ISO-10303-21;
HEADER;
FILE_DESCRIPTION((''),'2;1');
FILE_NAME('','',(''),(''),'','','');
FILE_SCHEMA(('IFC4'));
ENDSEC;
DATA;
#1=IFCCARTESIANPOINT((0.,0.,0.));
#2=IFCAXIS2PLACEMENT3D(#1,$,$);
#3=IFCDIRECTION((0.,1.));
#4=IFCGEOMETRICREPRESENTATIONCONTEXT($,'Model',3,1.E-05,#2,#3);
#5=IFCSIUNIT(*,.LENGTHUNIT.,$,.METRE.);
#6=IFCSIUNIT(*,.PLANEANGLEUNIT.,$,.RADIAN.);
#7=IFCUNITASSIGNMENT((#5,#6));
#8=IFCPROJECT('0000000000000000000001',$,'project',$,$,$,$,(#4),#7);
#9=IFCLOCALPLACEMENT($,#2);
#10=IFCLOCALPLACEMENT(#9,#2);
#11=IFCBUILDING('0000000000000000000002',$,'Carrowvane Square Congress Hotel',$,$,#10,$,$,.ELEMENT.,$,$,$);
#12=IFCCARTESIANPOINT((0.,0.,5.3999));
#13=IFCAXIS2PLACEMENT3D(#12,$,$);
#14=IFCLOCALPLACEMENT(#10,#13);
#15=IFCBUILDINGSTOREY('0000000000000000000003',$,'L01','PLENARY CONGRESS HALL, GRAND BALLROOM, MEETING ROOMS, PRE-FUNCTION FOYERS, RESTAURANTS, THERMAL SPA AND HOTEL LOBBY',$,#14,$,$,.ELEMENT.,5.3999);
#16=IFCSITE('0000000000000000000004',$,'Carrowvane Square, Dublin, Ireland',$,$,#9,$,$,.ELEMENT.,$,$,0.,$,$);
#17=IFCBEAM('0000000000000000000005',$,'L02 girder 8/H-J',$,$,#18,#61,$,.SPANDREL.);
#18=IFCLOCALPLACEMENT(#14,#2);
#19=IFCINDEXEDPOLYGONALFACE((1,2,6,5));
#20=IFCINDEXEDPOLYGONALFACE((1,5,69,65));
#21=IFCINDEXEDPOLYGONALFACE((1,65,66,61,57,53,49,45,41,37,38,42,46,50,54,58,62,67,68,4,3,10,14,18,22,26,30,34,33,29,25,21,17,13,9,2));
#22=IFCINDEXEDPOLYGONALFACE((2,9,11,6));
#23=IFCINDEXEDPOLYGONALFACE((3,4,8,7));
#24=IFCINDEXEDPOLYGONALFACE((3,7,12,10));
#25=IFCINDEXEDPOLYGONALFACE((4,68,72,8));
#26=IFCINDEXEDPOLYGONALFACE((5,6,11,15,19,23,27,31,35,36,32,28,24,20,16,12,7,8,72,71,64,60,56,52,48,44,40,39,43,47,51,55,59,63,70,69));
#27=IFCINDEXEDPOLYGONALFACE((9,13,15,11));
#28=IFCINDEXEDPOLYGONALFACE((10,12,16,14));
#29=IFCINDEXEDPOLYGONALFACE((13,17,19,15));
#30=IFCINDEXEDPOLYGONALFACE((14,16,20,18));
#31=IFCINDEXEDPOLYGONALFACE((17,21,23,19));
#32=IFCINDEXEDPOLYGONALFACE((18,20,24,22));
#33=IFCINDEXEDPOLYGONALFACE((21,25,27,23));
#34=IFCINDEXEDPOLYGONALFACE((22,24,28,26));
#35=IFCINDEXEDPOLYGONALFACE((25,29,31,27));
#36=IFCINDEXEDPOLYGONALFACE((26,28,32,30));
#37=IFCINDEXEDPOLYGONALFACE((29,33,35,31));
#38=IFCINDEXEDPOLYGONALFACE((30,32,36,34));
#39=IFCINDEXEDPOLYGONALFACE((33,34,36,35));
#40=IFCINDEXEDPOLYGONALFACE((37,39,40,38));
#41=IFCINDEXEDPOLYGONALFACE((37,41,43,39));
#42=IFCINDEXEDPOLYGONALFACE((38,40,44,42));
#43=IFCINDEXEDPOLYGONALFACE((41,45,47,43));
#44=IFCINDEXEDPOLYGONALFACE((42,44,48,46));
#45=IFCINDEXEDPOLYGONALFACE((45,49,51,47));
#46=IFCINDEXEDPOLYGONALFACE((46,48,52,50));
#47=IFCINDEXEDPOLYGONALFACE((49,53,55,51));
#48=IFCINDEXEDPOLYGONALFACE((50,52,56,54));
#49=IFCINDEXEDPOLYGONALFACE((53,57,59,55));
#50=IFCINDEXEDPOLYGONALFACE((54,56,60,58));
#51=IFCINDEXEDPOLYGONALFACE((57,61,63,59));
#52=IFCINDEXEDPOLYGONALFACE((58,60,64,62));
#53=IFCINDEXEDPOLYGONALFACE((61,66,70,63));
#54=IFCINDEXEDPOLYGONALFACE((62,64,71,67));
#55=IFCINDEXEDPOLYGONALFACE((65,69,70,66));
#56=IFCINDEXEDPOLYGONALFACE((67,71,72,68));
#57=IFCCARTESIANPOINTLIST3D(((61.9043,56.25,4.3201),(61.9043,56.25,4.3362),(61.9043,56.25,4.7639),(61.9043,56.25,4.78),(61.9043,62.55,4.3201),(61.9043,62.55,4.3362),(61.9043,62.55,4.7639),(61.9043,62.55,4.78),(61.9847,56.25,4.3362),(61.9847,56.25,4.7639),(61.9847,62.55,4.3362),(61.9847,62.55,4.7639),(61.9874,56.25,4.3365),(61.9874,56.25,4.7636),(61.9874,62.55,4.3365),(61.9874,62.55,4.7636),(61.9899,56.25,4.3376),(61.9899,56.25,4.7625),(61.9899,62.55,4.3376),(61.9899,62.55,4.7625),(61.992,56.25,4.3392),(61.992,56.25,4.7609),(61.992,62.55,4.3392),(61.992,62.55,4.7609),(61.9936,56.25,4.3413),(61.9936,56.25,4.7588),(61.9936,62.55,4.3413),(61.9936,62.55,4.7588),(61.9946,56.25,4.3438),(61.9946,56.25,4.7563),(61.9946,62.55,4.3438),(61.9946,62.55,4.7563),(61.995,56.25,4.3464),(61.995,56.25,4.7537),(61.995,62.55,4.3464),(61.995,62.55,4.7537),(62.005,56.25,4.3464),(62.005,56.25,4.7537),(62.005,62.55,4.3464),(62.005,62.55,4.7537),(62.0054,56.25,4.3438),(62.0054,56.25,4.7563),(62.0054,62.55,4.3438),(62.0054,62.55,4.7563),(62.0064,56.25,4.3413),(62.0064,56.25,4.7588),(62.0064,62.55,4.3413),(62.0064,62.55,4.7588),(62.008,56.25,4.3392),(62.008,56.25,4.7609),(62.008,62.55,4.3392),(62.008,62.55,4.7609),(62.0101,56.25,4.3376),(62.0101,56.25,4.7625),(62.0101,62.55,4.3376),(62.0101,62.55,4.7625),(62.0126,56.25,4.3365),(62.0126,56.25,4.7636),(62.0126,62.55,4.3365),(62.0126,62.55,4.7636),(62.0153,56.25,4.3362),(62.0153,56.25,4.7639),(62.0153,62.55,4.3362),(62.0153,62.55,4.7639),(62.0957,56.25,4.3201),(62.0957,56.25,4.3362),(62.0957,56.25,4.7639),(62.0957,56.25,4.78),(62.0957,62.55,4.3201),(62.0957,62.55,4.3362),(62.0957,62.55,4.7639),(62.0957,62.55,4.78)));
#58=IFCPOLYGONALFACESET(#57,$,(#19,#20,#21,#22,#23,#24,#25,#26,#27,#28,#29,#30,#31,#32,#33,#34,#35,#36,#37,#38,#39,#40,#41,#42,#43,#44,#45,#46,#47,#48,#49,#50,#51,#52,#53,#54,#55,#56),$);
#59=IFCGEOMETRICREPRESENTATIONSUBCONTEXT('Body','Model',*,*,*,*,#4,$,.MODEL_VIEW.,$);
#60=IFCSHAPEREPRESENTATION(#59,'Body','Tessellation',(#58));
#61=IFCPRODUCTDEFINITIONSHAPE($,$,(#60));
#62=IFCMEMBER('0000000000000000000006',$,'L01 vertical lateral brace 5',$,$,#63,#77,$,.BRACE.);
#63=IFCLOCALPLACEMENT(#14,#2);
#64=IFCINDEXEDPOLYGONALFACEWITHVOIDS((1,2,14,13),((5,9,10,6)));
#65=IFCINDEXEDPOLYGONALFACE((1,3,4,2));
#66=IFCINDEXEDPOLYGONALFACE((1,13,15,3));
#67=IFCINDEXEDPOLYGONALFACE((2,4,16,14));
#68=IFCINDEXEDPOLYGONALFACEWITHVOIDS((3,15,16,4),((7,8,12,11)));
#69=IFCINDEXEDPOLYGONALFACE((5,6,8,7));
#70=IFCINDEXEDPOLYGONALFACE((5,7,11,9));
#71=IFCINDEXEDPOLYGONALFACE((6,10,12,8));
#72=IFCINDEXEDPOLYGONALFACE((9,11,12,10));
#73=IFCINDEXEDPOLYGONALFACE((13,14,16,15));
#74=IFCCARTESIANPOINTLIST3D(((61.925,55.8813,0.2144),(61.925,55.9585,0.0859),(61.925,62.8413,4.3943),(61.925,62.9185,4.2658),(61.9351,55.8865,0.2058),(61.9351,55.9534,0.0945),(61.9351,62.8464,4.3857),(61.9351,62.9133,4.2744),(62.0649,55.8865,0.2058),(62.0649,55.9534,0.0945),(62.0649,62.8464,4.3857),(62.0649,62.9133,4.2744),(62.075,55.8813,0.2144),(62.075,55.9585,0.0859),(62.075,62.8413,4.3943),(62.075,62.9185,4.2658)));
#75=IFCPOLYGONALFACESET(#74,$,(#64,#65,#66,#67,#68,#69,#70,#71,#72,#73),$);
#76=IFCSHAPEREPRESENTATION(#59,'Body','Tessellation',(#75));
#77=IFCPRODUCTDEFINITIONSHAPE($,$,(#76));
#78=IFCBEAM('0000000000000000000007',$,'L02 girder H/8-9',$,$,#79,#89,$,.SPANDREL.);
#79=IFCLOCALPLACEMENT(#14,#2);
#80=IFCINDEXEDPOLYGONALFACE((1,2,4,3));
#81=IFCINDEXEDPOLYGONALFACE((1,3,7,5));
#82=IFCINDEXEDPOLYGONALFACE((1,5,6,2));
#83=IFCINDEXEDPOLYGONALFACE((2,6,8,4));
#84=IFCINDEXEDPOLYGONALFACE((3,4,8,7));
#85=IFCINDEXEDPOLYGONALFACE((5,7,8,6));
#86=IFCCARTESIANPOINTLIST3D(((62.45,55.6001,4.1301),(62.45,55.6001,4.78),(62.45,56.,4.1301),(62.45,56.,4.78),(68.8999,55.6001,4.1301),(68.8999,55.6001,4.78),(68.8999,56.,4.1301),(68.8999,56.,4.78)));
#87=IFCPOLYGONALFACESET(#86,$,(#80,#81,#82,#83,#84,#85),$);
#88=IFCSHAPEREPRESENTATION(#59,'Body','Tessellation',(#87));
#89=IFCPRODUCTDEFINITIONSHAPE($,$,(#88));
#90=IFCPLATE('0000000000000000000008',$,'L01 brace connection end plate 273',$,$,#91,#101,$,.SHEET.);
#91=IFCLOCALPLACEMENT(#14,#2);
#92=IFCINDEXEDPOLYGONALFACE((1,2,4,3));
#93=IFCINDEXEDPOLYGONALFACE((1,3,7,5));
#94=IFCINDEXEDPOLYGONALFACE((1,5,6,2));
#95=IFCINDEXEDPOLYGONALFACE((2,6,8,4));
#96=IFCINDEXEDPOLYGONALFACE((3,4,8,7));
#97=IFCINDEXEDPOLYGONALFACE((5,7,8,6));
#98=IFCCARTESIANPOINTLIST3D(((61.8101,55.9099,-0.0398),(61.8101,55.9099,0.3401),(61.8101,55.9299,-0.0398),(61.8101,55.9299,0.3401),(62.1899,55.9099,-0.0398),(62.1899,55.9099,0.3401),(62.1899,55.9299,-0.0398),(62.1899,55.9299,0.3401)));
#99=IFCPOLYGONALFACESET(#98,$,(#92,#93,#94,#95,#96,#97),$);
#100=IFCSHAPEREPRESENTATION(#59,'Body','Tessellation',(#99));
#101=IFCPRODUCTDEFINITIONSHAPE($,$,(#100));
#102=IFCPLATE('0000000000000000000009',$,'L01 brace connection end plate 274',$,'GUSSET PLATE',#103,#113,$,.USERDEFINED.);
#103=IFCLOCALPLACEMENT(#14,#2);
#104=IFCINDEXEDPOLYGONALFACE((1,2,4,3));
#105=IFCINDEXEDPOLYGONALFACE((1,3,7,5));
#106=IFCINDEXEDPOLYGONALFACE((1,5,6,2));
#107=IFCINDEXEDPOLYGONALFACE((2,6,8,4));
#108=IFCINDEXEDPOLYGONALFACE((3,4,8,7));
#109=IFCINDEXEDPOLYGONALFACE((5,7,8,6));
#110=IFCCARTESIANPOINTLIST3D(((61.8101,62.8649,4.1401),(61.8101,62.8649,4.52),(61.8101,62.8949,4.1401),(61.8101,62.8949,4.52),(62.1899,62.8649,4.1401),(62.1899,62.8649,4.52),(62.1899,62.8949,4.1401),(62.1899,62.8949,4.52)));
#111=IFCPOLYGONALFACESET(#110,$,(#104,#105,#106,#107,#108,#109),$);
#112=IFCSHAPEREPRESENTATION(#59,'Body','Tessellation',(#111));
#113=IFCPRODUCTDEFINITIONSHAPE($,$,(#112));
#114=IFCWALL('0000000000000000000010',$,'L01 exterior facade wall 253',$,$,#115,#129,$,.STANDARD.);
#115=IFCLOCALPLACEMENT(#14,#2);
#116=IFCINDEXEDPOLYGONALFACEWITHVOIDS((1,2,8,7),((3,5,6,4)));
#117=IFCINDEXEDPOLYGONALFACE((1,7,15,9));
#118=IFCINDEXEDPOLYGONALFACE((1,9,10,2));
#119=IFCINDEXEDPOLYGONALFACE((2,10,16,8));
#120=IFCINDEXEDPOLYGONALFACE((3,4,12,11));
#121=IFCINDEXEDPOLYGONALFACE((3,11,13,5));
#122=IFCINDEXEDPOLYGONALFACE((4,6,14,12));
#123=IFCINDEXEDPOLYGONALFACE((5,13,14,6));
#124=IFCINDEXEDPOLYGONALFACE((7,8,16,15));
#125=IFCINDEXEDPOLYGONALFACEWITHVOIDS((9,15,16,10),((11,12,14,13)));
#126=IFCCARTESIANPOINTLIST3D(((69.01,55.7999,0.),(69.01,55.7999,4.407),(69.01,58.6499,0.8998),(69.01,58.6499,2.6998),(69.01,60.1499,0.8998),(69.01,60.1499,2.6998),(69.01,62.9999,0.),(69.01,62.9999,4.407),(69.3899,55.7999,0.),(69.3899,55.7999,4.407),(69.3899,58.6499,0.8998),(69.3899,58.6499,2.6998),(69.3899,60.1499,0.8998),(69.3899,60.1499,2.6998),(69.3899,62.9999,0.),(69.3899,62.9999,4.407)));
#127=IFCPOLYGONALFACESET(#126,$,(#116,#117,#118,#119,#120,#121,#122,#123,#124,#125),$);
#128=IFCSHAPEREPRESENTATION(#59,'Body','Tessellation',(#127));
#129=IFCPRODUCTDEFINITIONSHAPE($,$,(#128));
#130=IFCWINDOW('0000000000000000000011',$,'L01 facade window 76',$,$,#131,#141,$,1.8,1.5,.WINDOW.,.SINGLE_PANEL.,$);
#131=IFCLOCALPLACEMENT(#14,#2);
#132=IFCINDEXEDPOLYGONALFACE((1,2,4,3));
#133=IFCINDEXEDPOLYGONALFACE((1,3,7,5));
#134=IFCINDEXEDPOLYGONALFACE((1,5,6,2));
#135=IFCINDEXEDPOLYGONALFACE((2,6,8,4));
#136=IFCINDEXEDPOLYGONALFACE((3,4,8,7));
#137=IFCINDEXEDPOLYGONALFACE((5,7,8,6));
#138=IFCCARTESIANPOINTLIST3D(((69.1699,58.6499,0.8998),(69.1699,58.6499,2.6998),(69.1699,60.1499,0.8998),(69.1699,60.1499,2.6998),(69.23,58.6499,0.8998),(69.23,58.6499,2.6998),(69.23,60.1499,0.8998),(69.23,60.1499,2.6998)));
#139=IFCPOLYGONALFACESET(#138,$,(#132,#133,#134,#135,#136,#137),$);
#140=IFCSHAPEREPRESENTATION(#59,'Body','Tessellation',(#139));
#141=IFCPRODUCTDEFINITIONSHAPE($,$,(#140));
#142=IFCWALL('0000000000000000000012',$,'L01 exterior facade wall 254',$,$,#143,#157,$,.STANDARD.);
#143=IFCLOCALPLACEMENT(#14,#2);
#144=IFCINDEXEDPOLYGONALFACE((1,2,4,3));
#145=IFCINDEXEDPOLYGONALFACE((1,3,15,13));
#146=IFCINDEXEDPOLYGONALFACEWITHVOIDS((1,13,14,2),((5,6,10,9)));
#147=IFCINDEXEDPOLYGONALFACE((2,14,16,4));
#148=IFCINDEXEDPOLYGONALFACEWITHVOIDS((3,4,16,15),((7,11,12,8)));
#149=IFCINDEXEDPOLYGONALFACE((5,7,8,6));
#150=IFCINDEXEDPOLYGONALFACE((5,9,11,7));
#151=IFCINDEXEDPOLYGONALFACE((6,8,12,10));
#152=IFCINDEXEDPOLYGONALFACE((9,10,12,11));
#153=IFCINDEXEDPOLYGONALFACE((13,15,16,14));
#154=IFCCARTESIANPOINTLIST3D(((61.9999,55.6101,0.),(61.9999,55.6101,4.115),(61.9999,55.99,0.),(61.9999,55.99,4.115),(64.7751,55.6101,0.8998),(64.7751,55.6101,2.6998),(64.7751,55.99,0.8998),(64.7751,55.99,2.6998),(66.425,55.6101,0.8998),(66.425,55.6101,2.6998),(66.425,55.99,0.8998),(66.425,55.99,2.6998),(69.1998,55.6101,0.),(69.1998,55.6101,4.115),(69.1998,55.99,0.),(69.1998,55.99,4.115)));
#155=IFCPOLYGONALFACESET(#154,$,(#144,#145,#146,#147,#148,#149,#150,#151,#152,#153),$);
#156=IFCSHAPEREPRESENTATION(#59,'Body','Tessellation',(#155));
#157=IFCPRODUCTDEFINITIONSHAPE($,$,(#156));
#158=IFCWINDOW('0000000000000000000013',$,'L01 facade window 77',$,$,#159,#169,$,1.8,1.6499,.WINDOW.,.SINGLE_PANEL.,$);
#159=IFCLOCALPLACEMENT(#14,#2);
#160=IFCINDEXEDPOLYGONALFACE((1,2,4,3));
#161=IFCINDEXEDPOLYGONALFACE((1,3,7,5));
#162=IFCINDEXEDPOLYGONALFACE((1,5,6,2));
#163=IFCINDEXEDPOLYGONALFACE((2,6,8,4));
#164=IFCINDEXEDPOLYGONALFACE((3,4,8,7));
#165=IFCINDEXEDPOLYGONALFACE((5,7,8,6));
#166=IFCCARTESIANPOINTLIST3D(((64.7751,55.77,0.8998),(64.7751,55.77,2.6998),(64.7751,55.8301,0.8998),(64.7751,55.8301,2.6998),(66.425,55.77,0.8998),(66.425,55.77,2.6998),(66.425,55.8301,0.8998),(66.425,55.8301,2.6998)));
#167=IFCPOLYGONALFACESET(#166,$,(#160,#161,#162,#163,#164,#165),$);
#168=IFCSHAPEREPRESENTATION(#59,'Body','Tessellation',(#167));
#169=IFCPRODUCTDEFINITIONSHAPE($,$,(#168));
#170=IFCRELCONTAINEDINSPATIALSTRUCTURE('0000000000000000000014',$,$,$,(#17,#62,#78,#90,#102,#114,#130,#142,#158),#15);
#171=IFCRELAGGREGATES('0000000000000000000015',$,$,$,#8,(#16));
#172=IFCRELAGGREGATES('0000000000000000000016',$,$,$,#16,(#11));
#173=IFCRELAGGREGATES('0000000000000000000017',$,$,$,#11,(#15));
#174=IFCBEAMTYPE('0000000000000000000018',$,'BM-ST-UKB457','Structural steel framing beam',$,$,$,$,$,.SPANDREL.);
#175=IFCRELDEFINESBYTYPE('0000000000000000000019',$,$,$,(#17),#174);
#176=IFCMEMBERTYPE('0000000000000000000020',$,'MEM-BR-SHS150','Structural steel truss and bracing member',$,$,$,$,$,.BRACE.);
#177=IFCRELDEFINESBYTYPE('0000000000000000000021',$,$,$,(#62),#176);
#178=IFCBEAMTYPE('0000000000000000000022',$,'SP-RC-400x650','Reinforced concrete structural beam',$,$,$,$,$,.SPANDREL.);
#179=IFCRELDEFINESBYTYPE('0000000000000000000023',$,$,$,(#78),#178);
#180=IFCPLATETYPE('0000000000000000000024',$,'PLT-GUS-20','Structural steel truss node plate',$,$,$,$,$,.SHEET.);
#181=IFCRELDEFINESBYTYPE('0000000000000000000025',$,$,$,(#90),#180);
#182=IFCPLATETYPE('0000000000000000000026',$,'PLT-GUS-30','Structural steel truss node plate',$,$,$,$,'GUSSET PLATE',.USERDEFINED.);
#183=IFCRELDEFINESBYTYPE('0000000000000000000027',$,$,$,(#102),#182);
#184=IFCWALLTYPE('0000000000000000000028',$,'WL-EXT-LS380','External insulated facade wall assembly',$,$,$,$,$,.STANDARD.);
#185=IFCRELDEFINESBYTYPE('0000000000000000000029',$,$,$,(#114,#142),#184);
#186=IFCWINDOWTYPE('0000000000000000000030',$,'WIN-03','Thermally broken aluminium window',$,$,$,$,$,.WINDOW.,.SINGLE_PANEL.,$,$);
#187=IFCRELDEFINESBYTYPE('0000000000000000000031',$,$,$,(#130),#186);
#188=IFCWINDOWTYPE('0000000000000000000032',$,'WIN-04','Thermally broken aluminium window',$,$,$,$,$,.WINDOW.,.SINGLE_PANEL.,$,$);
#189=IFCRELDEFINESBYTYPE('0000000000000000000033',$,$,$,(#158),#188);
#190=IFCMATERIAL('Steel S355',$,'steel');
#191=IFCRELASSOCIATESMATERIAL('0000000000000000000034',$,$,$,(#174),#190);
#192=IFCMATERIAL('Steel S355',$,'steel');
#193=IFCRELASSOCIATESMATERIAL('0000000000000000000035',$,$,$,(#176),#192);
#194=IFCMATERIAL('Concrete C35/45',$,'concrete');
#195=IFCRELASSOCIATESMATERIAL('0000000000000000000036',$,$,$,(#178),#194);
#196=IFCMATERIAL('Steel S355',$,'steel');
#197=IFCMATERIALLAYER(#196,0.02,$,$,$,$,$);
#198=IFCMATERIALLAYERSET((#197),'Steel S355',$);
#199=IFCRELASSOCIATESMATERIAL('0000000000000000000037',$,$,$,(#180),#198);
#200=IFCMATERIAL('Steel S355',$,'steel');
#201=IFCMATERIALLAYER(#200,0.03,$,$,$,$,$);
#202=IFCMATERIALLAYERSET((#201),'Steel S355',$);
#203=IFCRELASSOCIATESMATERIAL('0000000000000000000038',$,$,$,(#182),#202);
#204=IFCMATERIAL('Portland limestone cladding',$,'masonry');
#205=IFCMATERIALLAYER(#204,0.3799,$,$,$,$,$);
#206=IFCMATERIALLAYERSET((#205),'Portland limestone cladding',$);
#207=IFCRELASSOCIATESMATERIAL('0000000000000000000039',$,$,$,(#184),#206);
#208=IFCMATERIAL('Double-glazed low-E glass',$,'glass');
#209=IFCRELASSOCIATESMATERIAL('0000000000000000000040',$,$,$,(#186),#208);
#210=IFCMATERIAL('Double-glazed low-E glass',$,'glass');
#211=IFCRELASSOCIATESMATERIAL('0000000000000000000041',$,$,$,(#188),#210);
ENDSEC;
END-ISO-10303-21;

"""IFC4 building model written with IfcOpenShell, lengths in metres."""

from ifc_helpers import new_model, si_unit, direction, frame, frame_2d, origin, origin_2d, place, context, subcontext, project, spatial, rectangle, hollow_rectangle, i_section, extrude, material, layer, layer_set, material_profile, profile_set, type_object, element, fill, save


model = new_model("IFC4")

# Units and contexts
model_context = context("Model", 3, precision=1e-05, world=origin(), true_north=direction((0.0, 1.0)))
body_context = subcontext(model_context, "Body", "Model", "MODEL_VIEW")
ifc_project = project(units=[si_unit("LENGTHUNIT", "METRE"), si_unit("PLANEANGLEUNIT", "RADIAN")], contexts=[model_context])

# Site, building, storey
site_placement = place(None, origin())
site = spatial("IfcSite", under=ifc_project, at=site_placement, Name="Carrowvane Square, Dublin, Ireland", CompositionType="ELEMENT", RefElevation=0.0)
building_placement = place(site_placement, origin())
building = spatial("IfcBuilding", under=site, at=building_placement, Name="Carrowvane Square Congress Hotel", CompositionType="ELEMENT")
storey_placement = place(building_placement, frame((0.0, 0.0, 5.3999)))
storey = spatial("IfcBuildingStorey", under=building, at=storey_placement, Name="L01", Description="PLENARY CONGRESS HALL, GRAND BALLROOM, MEETING ROOMS, PRE-FUNCTION FOYERS, RESTAURANTS, THERMAL SPA AND HOTEL LOBBY", CompositionType="ELEMENT", Elevation=5.3999)

# Beam
ifc_material_1 = material(Name="Steel S355", Category="steel")
ifc_material_profile_1 = material_profile(ifc_material_1, i_section(OverallWidth=0.1914, OverallDepth=0.46, WebThickness=0.01, FlangeThickness=0.0161, FilletRadius=0.0103, at=origin_2d()), Name="UKB 457x191x82")
ifc_profile_set_1 = profile_set([ifc_material_profile_1], Name="Steel S355")
beam_type_1 = type_object("IfcBeamType", Name="BM-ST-UKB457", Description="Structural steel framing beam", PredefinedType="SPANDREL", material=ifc_profile_set_1)
beam_1_placement = place(storey_placement, frame((62.0, 56.25, 4.55), z_axis=(0.0, 1.0, 0.0), x_axis=(-1.0, 0.0, 0.0)))
element("IfcBeam", 1, at=beam_1_placement, inside=storey, type_object=beam_type_1, Name="L02 girder 8/H-J", PredefinedType="SPANDREL", context=body_context, shape_type="SweptSolid", body=[
    extrude(i_section(OverallWidth=0.1914, OverallDepth=0.46, WebThickness=0.01, FlangeThickness=0.0161, FilletRadius=0.0103, at=origin_2d()), origin(), (0.0, 0.0, 1.0), 6.3),
])

# Member
ifc_material_2 = material(Name="Steel S355", Category="steel")
ifc_material_profile_2 = material_profile(ifc_material_2, hollow_rectangle(XDim=0.1499, YDim=0.1499, WallThickness=0.01, at=origin_2d()), Name="SHS 150x150x10")
ifc_profile_set_2 = profile_set([ifc_material_profile_2], Name="Steel S355")
member_type = type_object("IfcMemberType", Name="MEM-BR-SHS150", Description="Structural steel truss and bracing member", PredefinedType="BRACE", material=ifc_profile_set_2)
member_placement = place(storey_placement, frame((62.0, 55.9199, 0.1501), z_axis=(0.0, 0.857278, 0.514854), x_axis=(-1.0, 0.0, 0.0)))
element("IfcMember", 2, at=member_placement, inside=storey, type_object=member_type, Name="L01 vertical lateral brace 5", PredefinedType="BRACE", context=body_context, shape_type="SweptSolid", body=[
    extrude(hollow_rectangle(XDim=0.1499, YDim=0.1499, WallThickness=0.01, at=origin_2d()), origin(), (0.0, 0.0, 1.0), 8.1187),
])

# Beam
ifc_material_3 = material(Name="Concrete C35/45", Category="concrete")
ifc_material_profile_3 = material_profile(ifc_material_3, rectangle(XDim=0.3999, YDim=0.6499, at=origin_2d()), Name="RC 400x650")
ifc_profile_set_3 = profile_set([ifc_material_profile_3], Name="Concrete C35/45")
beam_type_2 = type_object("IfcBeamType", Name="SP-RC-400x650", Description="Reinforced concrete structural beam", PredefinedType="SPANDREL", material=ifc_profile_set_3)
beam_2_placement = place(storey_placement, frame((62.45, 55.8, 4.4551), z_axis=(1.0, 0.0, 0.0), x_axis=(0.0, 1.0, 0.0)))
element("IfcBeam", 3, at=beam_2_placement, inside=storey, type_object=beam_type_2, Name="L02 girder H/8-9", PredefinedType="SPANDREL", context=body_context, shape_type="SweptSolid", body=[
    extrude(rectangle(XDim=0.3999, YDim=0.6499, at=origin_2d()), origin(), (0.0, 0.0, 1.0), 6.45),
])

# Plates
ifc_material_4 = material(Name="Steel S355", Category="steel")
ifc_layer_1 = layer(ifc_material_4, 0.02)
ifc_layer_set_1 = layer_set([ifc_layer_1], Name="Steel S355")
plate_type_1 = type_object("IfcPlateType", Name="PLT-GUS-20", Description="Structural steel truss node plate", PredefinedType="SHEET", material=ifc_layer_set_1)
plate_1_placement = place(storey_placement, frame((62.0, 55.9199, -0.0398), z_axis=(0.0, 0.0, 1.0), x_axis=(1.0, 0.0, 0.0)))
element("IfcPlate", 4, at=plate_1_placement, inside=storey, type_object=plate_type_1, Name="L01 brace connection end plate 273", PredefinedType="SHEET", context=body_context, shape_type="SweptSolid", body=[
    extrude(rectangle(XDim=0.3799, YDim=0.02, at=origin_2d()), origin(), (0.0, 0.0, 1.0), 0.3799),
])
ifc_material_5 = material(Name="Steel S355", Category="steel")
ifc_layer_2 = layer(ifc_material_5, 0.03)
ifc_layer_set_2 = layer_set([ifc_layer_2], Name="Steel S355")
plate_type_2 = type_object("IfcPlateType", Name="PLT-GUS-30", Description="Structural steel truss node plate", ElementType="GUSSET PLATE", PredefinedType="USERDEFINED", material=ifc_layer_set_2)
plate_2_placement = place(storey_placement, frame((62.0, 62.8799, 4.1401), z_axis=(0.0, 0.0, 1.0), x_axis=(1.0, 0.0, 0.0)))
element("IfcPlate", 5, at=plate_2_placement, inside=storey, type_object=plate_type_2, Name="L01 brace connection end plate 274", ObjectType="GUSSET PLATE", PredefinedType="USERDEFINED", context=body_context, shape_type="SweptSolid", body=[
    extrude(rectangle(XDim=0.3799, YDim=0.03, at=origin_2d()), origin(), (0.0, 0.0, 1.0), 0.3799),
])

# Walls, openings, windows
ifc_material_6 = material(Name="Portland limestone cladding", Category="masonry")
ifc_layer_3 = layer(ifc_material_6, 0.3799)
ifc_layer_set_3 = layer_set([ifc_layer_3], Name="Portland limestone cladding")
wall_type_1 = type_object("IfcWallType", Name="WL-EXT-LS380", Description="External insulated facade wall assembly", PredefinedType="STANDARD", material=ifc_layer_set_3)
wall_1_placement = place(storey_placement, frame((69.2, 63.0, 0.0), z_axis=(0.0, 0.0, 1.0), x_axis=(0.0, -1.0, 0.0)))
wall_1 = element("IfcWall", 6, at=wall_1_placement, inside=storey, type_object=wall_type_1, Name="L01 exterior facade wall 253", PredefinedType="STANDARD", context=body_context, shape_type="SweptSolid", body=[
    extrude(rectangle(XDim=7.2, YDim=0.3799, at=frame_2d((3.6001, 0.0))), origin(), (0.0, 0.0, 1.0), 4.407),
])
opening_1_placement = place(wall_1_placement, frame((2.8501, 0.0, 0.8999)))
opening_1 = element("IfcOpeningElement", 7, at=opening_1_placement, cuts=wall_1, PredefinedType="OPENING", context=body_context, shape_type="SweptSolid", body=[
    extrude(rectangle(XDim=1.5, YDim=1.8, at=frame_2d((0.75, 0.8999))), frame((0.0, 0.2, 0.0), z_axis=(0.0, -1.0, 0.0), x_axis=(1.0, 0.0, 0.0)), (0.0, 0.0, 1.0), 0.3999),
])
ifc_material_7 = material(Name="Double-glazed low-E glass", Category="glass")
window_type_1 = type_object("IfcWindowType", Name="WIN-03", Description="Thermally broken aluminium window", PartitioningType="SINGLE_PANEL", PredefinedType="WINDOW", material=ifc_material_7)
window_1_placement = place(opening_1_placement, origin())
window_1 = element("IfcWindow", 8, at=window_1_placement, inside=storey, type_object=window_type_1, Name="L01 facade window 76", OverallHeight=1.8, OverallWidth=1.5, PartitioningType="SINGLE_PANEL", PredefinedType="WINDOW", context=body_context, shape_type="SweptSolid", body=[
    extrude(rectangle(XDim=1.5, YDim=1.8, at=frame_2d((0.75, 0.8999))), frame((0.0, 0.03, 0.0), z_axis=(0.0, -1.0, 0.0), x_axis=(1.0, 0.0, 0.0)), (0.0, 0.0, 1.0), 0.0601),
])
fill(opening_1, window_1)
wall_2_placement = place(storey_placement, frame((69.2, 55.8, 0.0), z_axis=(0.0, 0.0, 1.0), x_axis=(-1.0, 0.0, 0.0)))
wall_2 = element("IfcWall", 9, at=wall_2_placement, inside=storey, type_object=wall_type_1, Name="L01 exterior facade wall 254", PredefinedType="STANDARD", context=body_context, shape_type="SweptSolid", body=[
    extrude(rectangle(XDim=7.2, YDim=0.3799, at=frame_2d((3.6001, 0.0))), origin(), (0.0, 0.0, 1.0), 4.115),
])
opening_2_placement = place(wall_2_placement, frame((2.7749, 0.0, 0.8999)))
opening_2 = element("IfcOpeningElement", 10, at=opening_2_placement, cuts=wall_2, PredefinedType="OPENING", context=body_context, shape_type="SweptSolid", body=[
    extrude(rectangle(XDim=1.6499, YDim=1.8, at=frame_2d((0.825, 0.8999))), frame((0.0, 0.2, 0.0), z_axis=(0.0, -1.0, 0.0), x_axis=(1.0, 0.0, 0.0)), (0.0, 0.0, 1.0), 0.3999),
])
ifc_material_8 = material(Name="Double-glazed low-E glass", Category="glass")
window_type_2 = type_object("IfcWindowType", Name="WIN-04", Description="Thermally broken aluminium window", PartitioningType="SINGLE_PANEL", PredefinedType="WINDOW", material=ifc_material_8)
window_2_placement = place(opening_2_placement, origin())
window_2 = element("IfcWindow", 11, at=window_2_placement, inside=storey, type_object=window_type_2, Name="L01 facade window 77", OverallHeight=1.8, OverallWidth=1.6499, PartitioningType="SINGLE_PANEL", PredefinedType="WINDOW", context=body_context, shape_type="SweptSolid", body=[
    extrude(rectangle(XDim=1.6499, YDim=1.8, at=frame_2d((0.825, 0.8999))), frame((0.0, 0.03, 0.0), z_axis=(0.0, -1.0, 0.0), x_axis=(1.0, 0.0, 0.0)), (0.0, 0.0, 1.0), 0.0601),
])
fill(opening_2, window_2)

save(model, "model.ifc")
